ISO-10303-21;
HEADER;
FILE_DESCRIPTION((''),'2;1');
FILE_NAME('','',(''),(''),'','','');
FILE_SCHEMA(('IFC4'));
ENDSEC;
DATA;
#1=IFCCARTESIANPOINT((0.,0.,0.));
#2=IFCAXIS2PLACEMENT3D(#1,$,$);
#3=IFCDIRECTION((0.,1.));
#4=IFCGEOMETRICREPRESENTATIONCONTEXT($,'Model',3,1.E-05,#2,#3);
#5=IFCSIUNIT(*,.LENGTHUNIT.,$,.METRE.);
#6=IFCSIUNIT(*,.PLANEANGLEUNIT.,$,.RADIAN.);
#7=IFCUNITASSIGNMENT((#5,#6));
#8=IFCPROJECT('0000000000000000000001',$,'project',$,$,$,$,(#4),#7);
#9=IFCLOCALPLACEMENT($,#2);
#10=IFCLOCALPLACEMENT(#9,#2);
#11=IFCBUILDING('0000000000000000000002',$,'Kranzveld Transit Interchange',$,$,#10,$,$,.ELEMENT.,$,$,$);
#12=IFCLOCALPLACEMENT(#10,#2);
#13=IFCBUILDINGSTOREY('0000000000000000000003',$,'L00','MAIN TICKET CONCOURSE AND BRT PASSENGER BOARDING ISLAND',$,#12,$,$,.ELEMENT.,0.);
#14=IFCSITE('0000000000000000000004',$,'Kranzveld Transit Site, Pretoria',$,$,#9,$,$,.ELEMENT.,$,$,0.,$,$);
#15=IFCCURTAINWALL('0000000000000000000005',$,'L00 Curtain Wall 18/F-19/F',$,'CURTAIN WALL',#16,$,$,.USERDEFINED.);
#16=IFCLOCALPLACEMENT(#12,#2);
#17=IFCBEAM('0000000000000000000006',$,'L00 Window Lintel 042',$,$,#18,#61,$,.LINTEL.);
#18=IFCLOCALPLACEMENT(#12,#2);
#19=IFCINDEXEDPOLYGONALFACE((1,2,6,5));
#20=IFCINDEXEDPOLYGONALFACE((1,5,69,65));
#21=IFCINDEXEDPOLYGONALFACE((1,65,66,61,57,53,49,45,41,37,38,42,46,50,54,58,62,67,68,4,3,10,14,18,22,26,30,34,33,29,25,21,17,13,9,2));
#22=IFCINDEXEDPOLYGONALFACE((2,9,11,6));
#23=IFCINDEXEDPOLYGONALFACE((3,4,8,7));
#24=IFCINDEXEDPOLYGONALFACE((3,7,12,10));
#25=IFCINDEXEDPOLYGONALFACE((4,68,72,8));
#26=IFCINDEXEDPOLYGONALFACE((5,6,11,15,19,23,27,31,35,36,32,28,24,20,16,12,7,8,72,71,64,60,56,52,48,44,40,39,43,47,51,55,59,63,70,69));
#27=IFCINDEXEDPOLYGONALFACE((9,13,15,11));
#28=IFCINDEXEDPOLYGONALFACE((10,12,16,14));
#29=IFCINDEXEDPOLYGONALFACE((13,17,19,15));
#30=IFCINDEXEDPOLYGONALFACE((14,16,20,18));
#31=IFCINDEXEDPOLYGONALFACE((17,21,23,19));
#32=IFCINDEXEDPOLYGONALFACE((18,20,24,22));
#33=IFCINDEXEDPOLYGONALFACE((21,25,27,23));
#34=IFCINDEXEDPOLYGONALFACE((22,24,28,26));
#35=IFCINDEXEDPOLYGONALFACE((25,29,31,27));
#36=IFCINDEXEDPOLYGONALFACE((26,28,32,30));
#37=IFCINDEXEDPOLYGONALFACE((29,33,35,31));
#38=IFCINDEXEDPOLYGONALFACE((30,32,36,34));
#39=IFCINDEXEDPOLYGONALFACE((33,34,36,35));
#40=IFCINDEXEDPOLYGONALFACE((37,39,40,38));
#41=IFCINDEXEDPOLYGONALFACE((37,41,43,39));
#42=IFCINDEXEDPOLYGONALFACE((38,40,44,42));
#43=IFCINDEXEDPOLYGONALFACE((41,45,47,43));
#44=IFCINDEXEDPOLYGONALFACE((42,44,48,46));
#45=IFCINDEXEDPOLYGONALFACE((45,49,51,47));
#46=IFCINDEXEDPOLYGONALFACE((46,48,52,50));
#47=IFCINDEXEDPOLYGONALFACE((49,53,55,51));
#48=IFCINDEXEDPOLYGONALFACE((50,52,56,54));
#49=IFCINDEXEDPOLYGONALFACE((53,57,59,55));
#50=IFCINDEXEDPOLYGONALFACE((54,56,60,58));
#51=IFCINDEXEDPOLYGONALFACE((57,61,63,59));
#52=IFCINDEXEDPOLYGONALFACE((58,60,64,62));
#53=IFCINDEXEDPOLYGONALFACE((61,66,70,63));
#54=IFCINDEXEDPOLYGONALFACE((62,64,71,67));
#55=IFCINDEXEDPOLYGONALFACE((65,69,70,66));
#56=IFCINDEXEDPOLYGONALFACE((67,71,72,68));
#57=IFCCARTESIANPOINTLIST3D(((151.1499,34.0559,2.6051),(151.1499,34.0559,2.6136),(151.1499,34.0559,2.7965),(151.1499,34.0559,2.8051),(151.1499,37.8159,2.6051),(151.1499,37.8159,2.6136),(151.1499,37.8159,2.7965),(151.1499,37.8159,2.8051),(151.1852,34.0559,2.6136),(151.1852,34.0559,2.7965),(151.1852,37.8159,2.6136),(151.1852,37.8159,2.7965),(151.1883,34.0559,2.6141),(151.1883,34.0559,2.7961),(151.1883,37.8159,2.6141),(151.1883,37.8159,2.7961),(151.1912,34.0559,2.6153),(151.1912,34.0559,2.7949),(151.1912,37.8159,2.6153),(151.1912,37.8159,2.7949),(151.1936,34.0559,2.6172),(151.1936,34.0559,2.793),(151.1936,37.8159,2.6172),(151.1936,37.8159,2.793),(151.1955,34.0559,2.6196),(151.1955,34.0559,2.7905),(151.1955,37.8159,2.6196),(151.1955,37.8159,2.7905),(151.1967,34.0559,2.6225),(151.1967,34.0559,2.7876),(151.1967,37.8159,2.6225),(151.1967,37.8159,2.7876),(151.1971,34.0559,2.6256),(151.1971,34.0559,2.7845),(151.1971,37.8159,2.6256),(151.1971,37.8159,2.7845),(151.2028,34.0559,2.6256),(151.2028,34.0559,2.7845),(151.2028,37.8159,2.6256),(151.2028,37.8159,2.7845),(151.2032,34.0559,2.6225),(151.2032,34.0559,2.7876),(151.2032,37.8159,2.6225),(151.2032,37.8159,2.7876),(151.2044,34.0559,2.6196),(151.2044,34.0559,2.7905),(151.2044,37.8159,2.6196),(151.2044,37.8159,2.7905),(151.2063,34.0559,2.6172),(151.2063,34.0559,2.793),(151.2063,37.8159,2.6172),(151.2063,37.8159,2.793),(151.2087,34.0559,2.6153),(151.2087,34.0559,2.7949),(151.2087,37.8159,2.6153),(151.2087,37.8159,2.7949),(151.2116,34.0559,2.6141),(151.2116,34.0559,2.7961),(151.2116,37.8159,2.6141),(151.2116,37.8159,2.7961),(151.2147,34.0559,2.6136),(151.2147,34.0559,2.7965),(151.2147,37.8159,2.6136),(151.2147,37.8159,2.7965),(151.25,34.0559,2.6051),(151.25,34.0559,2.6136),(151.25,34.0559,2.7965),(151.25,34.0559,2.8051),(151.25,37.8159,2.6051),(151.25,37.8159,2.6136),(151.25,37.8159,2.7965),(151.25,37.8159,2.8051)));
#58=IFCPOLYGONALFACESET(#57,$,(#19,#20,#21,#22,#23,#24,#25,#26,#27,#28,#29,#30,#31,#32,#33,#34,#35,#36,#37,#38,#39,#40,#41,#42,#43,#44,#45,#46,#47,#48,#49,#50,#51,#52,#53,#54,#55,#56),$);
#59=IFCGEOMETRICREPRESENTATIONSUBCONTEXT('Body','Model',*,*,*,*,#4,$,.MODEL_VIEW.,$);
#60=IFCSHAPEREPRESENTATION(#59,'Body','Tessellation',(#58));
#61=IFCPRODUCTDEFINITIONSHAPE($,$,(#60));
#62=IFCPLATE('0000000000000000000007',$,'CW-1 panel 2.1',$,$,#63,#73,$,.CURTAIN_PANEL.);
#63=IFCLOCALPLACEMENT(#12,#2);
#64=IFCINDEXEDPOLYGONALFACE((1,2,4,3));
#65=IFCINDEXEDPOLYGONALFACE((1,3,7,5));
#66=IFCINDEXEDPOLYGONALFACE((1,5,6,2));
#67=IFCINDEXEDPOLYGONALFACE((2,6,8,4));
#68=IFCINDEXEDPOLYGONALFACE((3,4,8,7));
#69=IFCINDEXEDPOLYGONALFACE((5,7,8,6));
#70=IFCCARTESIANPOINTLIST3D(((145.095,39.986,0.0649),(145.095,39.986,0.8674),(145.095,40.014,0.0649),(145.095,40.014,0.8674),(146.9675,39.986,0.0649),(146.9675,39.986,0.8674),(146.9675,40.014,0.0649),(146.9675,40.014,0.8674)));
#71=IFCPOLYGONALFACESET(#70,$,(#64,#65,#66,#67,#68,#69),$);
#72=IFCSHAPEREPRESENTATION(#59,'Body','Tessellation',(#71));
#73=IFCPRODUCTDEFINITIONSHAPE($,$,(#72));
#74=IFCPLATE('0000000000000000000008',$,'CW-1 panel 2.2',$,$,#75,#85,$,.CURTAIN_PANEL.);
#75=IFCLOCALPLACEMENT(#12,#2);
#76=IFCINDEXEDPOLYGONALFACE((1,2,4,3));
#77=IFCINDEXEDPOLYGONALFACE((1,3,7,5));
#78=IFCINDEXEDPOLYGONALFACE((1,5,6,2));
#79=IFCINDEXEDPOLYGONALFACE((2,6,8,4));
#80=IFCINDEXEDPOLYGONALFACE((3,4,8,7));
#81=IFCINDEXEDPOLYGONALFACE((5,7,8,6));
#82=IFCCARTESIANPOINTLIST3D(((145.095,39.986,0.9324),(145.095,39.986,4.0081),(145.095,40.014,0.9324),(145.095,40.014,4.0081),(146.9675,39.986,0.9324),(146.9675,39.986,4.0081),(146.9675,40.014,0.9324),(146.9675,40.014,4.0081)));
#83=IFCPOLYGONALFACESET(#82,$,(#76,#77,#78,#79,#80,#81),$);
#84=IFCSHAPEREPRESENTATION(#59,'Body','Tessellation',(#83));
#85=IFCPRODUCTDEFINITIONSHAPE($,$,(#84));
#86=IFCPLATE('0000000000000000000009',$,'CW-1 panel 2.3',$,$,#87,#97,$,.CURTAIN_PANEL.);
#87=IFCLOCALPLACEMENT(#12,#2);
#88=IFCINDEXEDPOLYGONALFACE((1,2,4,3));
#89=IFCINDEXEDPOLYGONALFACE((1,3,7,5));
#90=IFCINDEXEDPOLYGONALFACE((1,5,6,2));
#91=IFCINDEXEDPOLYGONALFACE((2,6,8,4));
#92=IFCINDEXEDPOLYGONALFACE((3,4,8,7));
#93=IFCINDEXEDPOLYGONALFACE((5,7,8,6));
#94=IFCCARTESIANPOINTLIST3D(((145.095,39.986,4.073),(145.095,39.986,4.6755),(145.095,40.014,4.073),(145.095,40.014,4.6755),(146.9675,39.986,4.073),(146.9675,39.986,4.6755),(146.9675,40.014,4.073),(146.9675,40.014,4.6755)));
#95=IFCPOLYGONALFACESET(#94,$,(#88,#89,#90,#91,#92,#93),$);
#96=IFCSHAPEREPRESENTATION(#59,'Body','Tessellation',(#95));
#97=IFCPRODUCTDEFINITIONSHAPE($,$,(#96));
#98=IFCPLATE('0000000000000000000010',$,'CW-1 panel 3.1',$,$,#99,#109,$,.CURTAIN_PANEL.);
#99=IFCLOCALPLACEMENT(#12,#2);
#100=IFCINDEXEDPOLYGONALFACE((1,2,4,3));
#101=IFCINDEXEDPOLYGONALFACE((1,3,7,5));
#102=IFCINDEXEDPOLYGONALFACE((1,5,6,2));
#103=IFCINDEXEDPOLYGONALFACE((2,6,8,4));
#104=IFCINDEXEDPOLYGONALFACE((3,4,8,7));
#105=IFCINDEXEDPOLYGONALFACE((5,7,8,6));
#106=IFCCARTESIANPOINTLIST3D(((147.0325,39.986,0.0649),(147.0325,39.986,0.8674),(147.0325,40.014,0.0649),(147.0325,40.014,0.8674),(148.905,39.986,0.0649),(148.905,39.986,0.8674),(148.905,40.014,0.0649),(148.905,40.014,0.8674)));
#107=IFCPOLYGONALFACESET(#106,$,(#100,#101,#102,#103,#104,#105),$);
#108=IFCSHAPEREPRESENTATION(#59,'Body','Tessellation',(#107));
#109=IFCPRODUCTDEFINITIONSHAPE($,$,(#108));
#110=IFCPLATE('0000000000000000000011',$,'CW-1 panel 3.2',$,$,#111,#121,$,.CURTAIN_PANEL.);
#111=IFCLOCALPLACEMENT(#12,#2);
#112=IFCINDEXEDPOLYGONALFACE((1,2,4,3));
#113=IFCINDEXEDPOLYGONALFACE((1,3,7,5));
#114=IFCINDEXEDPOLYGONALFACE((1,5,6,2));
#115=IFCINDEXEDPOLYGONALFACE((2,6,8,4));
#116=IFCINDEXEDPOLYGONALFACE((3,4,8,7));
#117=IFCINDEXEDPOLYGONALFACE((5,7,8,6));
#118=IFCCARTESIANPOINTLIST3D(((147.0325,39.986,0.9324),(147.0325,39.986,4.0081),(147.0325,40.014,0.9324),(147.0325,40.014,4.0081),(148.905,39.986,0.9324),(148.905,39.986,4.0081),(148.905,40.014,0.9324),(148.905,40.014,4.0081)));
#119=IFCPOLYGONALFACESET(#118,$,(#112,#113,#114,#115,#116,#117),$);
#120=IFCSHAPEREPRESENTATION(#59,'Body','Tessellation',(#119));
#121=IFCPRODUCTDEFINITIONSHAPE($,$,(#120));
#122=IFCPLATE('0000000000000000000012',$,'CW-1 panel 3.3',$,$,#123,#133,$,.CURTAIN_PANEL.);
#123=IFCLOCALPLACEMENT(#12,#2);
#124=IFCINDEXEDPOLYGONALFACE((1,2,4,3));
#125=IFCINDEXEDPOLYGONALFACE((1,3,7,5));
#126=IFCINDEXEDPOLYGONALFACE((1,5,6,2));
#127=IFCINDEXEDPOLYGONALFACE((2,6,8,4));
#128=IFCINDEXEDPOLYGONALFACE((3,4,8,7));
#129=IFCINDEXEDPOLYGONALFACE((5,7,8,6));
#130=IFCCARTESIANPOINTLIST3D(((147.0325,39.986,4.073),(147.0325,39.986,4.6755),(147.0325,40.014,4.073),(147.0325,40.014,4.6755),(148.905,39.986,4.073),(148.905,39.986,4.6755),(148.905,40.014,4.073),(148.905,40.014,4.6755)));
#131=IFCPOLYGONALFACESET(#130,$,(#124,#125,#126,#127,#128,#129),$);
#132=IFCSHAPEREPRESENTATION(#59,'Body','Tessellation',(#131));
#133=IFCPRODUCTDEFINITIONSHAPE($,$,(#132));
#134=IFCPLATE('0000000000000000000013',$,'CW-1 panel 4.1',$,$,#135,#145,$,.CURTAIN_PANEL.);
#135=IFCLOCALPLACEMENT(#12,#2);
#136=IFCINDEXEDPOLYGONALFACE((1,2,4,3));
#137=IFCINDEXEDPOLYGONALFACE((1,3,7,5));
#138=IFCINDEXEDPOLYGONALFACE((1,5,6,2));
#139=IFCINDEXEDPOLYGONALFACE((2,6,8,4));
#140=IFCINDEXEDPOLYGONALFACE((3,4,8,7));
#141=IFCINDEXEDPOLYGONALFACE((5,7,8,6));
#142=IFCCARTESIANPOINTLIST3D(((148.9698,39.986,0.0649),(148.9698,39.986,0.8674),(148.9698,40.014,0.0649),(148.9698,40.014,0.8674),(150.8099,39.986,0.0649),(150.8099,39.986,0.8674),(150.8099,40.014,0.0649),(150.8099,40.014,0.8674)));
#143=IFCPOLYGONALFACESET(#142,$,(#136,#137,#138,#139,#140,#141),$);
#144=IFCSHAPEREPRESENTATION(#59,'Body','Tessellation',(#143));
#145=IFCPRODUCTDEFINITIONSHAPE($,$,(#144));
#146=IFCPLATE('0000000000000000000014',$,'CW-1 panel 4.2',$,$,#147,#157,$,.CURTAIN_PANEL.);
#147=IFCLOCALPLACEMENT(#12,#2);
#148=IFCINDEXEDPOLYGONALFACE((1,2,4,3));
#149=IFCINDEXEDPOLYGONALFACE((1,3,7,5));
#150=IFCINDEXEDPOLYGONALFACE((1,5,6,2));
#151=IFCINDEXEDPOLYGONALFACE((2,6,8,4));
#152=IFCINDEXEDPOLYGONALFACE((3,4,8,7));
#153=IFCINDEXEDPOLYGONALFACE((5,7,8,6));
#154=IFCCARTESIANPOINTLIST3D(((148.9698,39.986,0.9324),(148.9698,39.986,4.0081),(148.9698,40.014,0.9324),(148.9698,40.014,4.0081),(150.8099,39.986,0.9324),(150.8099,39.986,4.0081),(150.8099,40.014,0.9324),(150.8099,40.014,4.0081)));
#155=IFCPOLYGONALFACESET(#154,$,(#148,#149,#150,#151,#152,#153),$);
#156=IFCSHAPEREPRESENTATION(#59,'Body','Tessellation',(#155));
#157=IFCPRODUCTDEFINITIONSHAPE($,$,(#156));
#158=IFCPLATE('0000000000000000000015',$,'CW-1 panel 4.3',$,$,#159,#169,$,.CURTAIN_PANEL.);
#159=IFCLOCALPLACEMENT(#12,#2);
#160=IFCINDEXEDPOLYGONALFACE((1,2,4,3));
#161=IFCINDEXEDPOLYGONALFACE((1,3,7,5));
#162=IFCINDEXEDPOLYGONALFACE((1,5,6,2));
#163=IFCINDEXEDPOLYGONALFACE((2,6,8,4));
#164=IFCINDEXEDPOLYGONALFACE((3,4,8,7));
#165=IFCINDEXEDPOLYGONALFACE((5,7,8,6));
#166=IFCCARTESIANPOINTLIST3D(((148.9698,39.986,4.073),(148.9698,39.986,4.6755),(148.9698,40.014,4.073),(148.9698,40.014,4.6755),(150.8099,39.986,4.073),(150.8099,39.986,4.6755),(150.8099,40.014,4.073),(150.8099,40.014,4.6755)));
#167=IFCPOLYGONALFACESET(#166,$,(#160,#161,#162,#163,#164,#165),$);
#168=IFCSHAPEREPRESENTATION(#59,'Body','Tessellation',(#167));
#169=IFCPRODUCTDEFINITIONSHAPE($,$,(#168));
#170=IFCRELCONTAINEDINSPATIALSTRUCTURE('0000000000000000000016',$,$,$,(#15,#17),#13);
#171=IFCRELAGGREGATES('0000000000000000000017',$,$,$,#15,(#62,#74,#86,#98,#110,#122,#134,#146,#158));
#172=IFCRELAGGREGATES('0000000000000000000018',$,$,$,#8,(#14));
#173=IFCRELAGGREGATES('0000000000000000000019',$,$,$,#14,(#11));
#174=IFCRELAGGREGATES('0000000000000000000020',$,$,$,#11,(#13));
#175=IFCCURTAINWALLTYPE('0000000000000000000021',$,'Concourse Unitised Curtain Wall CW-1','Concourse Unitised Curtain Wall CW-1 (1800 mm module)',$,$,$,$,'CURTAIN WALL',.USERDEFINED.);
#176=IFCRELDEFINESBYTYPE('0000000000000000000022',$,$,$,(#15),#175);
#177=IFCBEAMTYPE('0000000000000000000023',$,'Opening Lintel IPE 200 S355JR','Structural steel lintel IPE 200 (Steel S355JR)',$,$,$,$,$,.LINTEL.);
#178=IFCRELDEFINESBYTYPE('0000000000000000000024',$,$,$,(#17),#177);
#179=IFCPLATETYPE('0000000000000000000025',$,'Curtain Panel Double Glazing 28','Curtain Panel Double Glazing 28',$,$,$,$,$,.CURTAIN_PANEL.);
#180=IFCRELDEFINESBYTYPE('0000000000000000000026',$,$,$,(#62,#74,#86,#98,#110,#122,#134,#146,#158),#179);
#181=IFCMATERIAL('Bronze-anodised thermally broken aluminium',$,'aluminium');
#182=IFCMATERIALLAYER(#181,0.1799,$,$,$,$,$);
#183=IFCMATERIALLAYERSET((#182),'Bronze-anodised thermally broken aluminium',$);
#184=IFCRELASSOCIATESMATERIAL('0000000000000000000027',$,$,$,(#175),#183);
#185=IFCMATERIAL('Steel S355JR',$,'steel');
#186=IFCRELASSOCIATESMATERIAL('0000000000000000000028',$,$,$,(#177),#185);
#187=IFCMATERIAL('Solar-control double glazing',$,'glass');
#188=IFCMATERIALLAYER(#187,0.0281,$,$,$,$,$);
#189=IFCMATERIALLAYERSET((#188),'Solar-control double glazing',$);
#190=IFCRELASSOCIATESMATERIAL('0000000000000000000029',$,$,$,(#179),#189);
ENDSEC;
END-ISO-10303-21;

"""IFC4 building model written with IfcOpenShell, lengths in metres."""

from ifc_helpers import new_model, si_unit, direction, frame, origin, origin_2d, place, context, subcontext, project, spatial, rectangle, i_section, extrude, material, layer, layer_set, material_profile, profile_set, type_object, element, aggregate, save


model = new_model("IFC4")

# Units and contexts
model_context = context("Model", 3, precision=1e-05, world=origin(), true_north=direction((0.0, 1.0)))
body_context = subcontext(model_context, "Body", "Model", "MODEL_VIEW")
ifc_project = project(units=[si_unit("LENGTHUNIT", "METRE"), si_unit("PLANEANGLEUNIT", "RADIAN")], contexts=[model_context])

# Site, building, storey
site_placement = place(None, origin())
site = spatial("IfcSite", under=ifc_project, at=site_placement, Name="Kranzveld Transit Site, Pretoria", CompositionType="ELEMENT", RefElevation=0.0)
building_placement = place(site_placement, origin())
building = spatial("IfcBuilding", under=site, at=building_placement, Name="Kranzveld Transit Interchange", CompositionType="ELEMENT")
storey_placement = place(building_placement, origin())
storey = spatial("IfcBuildingStorey", under=building, at=storey_placement, Name="L00", Description="MAIN TICKET CONCOURSE AND BRT PASSENGER BOARDING ISLAND", CompositionType="ELEMENT", Elevation=0.0)

# Curtain wall
ifc_material_1 = material(Name="Bronze-anodised thermally broken aluminium", Category="aluminium")
ifc_layer_1 = layer(ifc_material_1, 0.1799)
ifc_layer_set_1 = layer_set([ifc_layer_1], Name="Bronze-anodised thermally broken aluminium")
curtain_wall_type = type_object("IfcCurtainWallType", Name="Concourse Unitised Curtain Wall CW-1", Description="Concourse Unitised Curtain Wall CW-1 (1800 mm module)", ElementType="CURTAIN WALL", PredefinedType="USERDEFINED", material=ifc_layer_set_1)
curtain_wall_placement = place(storey_placement, origin())
curtain_wall = element("IfcCurtainWall", 1, at=curtain_wall_placement, inside=storey, type_object=curtain_wall_type, Name="L00 Curtain Wall 18/F-19/F", ObjectType="CURTAIN WALL", PredefinedType="USERDEFINED")

# Beam
ifc_material_2 = material(Name="Steel S355JR", Category="steel")
ifc_material_profile_1 = material_profile(ifc_material_2, i_section(OverallWidth=0.1001, OverallDepth=0.2, WebThickness=0.0056, FlangeThickness=0.0085, FilletRadius=0.012, at=origin_2d()), Name="IPE 200")
ifc_profile_set_1 = profile_set([ifc_material_profile_1], Name="Steel S355JR")
beam_type = type_object("IfcBeamType", Name="Opening Lintel IPE 200 S355JR", Description="Structural steel lintel IPE 200 (Steel S355JR)", PredefinedType="LINTEL", material=ifc_profile_set_1)
beam_placement = place(storey_placement, frame((151.2, 34.0559, 2.7051), z_axis=(0.0, 1.0, 0.0), x_axis=(-1.0, 0.0, 0.0)))
element("IfcBeam", 2, at=beam_placement, inside=storey, type_object=beam_type, Name="L00 Window Lintel 042", PredefinedType="LINTEL", context=body_context, shape_type="SweptSolid", body=[
    extrude(i_section(OverallWidth=0.1001, OverallDepth=0.2, WebThickness=0.0056, FlangeThickness=0.0085, FilletRadius=0.012, at=origin_2d()), origin(), (0.0, 0.0, 1.0), 3.76),
])

# Plates
ifc_material_3 = material(Name="Solar-control double glazing", Category="glass")
ifc_layer_2 = layer(ifc_material_3, 0.0281)
ifc_layer_set_2 = layer_set([ifc_layer_2], Name="Solar-control double glazing")
plate_type = type_object("IfcPlateType", Name="Curtain Panel Double Glazing 28", Description="Curtain Panel Double Glazing 28", PredefinedType="CURTAIN_PANEL", material=ifc_layer_set_2)
plate_1_placement = place(storey_placement, frame((146.0312, 40.0, 0.0649), z_axis=(0.0, 0.0, 1.0), x_axis=(1.0, 0.0, 0.0)))
plate_1 = element("IfcPlate", 3, at=plate_1_placement, type_object=plate_type, Name="CW-1 panel 2.1", PredefinedType="CURTAIN_PANEL", context=body_context, shape_type="SweptSolid", body=[
    extrude(rectangle(XDim=1.8726, YDim=0.0281, at=origin_2d()), origin(), (0.0, 0.0, 1.0), 0.8025),
])
plate_2_placement = place(storey_placement, frame((146.0312, 40.0, 0.9324), z_axis=(0.0, 0.0, 1.0), x_axis=(1.0, 0.0, 0.0)))
plate_2 = element("IfcPlate", 4, at=plate_2_placement, type_object=plate_type, Name="CW-1 panel 2.2", PredefinedType="CURTAIN_PANEL", context=body_context, shape_type="SweptSolid", body=[
    extrude(rectangle(XDim=1.8726, YDim=0.0281, at=origin_2d()), origin(), (0.0, 0.0, 1.0), 3.0757),
])
plate_3_placement = place(storey_placement, frame((146.0312, 40.0, 4.073), z_axis=(0.0, 0.0, 1.0), x_axis=(1.0, 0.0, 0.0)))
plate_3 = element("IfcPlate", 5, at=plate_3_placement, type_object=plate_type, Name="CW-1 panel 2.3", PredefinedType="CURTAIN_PANEL", context=body_context, shape_type="SweptSolid", body=[
    extrude(rectangle(XDim=1.8726, YDim=0.0281, at=origin_2d()), origin(), (0.0, 0.0, 1.0), 0.6025),
])
plate_4_placement = place(storey_placement, frame((147.9688, 40.0, 0.0649), z_axis=(0.0, 0.0, 1.0), x_axis=(1.0, 0.0, 0.0)))
plate_4 = element("IfcPlate", 6, at=plate_4_placement, type_object=plate_type, Name="CW-1 panel 3.1", PredefinedType="CURTAIN_PANEL", context=body_context, shape_type="SweptSolid", body=[
    extrude(rectangle(XDim=1.8726, YDim=0.0281, at=origin_2d()), origin(), (0.0, 0.0, 1.0), 0.8025),
])
plate_5_placement = place(storey_placement, frame((147.9688, 40.0, 0.9324), z_axis=(0.0, 0.0, 1.0), x_axis=(1.0, 0.0, 0.0)))
plate_5 = element("IfcPlate", 7, at=plate_5_placement, type_object=plate_type, Name="CW-1 panel 3.2", PredefinedType="CURTAIN_PANEL", context=body_context, shape_type="SweptSolid", body=[
    extrude(rectangle(XDim=1.8726, YDim=0.0281, at=origin_2d()), origin(), (0.0, 0.0, 1.0), 3.0757),
])
plate_6_placement = place(storey_placement, frame((147.9688, 40.0, 4.073), z_axis=(0.0, 0.0, 1.0), x_axis=(1.0, 0.0, 0.0)))
plate_6 = element("IfcPlate", 8, at=plate_6_placement, type_object=plate_type, Name="CW-1 panel 3.3", PredefinedType="CURTAIN_PANEL", context=body_context, shape_type="SweptSolid", body=[
    extrude(rectangle(XDim=1.8726, YDim=0.0281, at=origin_2d()), origin(), (0.0, 0.0, 1.0), 0.6025),
])
plate_7_placement = place(storey_placement, frame((149.8899, 40.0, 0.0649), z_axis=(0.0, 0.0, 1.0), x_axis=(1.0, 0.0, 0.0)))
plate_7 = element("IfcPlate", 9, at=plate_7_placement, type_object=plate_type, Name="CW-1 panel 4.1", PredefinedType="CURTAIN_PANEL", context=body_context, shape_type="SweptSolid", body=[
    extrude(rectangle(XDim=1.8401, YDim=0.0281, at=origin_2d()), origin(), (0.0, 0.0, 1.0), 0.8025),
])
plate_8_placement = place(storey_placement, frame((149.8899, 40.0, 0.9324), z_axis=(0.0, 0.0, 1.0), x_axis=(1.0, 0.0, 0.0)))
plate_8 = element("IfcPlate", 10, at=plate_8_placement, type_object=plate_type, Name="CW-1 panel 4.2", PredefinedType="CURTAIN_PANEL", context=body_context, shape_type="SweptSolid", body=[
    extrude(rectangle(XDim=1.8401, YDim=0.0281, at=origin_2d()), origin(), (0.0, 0.0, 1.0), 3.0757),
])
plate_9_placement = place(storey_placement, frame((149.8899, 40.0, 4.073), z_axis=(0.0, 0.0, 1.0), x_axis=(1.0, 0.0, 0.0)))
plate_9 = element("IfcPlate", 11, at=plate_9_placement, type_object=plate_type, Name="CW-1 panel 4.3", PredefinedType="CURTAIN_PANEL", context=body_context, shape_type="SweptSolid", body=[
    extrude(rectangle(XDim=1.8401, YDim=0.0281, at=origin_2d()), origin(), (0.0, 0.0, 1.0), 0.6025),
])
aggregate(curtain_wall, [plate_1, plate_2, plate_3, plate_4, plate_5, plate_6, plate_7, plate_8, plate_9])

save(model, "model.ifc")
